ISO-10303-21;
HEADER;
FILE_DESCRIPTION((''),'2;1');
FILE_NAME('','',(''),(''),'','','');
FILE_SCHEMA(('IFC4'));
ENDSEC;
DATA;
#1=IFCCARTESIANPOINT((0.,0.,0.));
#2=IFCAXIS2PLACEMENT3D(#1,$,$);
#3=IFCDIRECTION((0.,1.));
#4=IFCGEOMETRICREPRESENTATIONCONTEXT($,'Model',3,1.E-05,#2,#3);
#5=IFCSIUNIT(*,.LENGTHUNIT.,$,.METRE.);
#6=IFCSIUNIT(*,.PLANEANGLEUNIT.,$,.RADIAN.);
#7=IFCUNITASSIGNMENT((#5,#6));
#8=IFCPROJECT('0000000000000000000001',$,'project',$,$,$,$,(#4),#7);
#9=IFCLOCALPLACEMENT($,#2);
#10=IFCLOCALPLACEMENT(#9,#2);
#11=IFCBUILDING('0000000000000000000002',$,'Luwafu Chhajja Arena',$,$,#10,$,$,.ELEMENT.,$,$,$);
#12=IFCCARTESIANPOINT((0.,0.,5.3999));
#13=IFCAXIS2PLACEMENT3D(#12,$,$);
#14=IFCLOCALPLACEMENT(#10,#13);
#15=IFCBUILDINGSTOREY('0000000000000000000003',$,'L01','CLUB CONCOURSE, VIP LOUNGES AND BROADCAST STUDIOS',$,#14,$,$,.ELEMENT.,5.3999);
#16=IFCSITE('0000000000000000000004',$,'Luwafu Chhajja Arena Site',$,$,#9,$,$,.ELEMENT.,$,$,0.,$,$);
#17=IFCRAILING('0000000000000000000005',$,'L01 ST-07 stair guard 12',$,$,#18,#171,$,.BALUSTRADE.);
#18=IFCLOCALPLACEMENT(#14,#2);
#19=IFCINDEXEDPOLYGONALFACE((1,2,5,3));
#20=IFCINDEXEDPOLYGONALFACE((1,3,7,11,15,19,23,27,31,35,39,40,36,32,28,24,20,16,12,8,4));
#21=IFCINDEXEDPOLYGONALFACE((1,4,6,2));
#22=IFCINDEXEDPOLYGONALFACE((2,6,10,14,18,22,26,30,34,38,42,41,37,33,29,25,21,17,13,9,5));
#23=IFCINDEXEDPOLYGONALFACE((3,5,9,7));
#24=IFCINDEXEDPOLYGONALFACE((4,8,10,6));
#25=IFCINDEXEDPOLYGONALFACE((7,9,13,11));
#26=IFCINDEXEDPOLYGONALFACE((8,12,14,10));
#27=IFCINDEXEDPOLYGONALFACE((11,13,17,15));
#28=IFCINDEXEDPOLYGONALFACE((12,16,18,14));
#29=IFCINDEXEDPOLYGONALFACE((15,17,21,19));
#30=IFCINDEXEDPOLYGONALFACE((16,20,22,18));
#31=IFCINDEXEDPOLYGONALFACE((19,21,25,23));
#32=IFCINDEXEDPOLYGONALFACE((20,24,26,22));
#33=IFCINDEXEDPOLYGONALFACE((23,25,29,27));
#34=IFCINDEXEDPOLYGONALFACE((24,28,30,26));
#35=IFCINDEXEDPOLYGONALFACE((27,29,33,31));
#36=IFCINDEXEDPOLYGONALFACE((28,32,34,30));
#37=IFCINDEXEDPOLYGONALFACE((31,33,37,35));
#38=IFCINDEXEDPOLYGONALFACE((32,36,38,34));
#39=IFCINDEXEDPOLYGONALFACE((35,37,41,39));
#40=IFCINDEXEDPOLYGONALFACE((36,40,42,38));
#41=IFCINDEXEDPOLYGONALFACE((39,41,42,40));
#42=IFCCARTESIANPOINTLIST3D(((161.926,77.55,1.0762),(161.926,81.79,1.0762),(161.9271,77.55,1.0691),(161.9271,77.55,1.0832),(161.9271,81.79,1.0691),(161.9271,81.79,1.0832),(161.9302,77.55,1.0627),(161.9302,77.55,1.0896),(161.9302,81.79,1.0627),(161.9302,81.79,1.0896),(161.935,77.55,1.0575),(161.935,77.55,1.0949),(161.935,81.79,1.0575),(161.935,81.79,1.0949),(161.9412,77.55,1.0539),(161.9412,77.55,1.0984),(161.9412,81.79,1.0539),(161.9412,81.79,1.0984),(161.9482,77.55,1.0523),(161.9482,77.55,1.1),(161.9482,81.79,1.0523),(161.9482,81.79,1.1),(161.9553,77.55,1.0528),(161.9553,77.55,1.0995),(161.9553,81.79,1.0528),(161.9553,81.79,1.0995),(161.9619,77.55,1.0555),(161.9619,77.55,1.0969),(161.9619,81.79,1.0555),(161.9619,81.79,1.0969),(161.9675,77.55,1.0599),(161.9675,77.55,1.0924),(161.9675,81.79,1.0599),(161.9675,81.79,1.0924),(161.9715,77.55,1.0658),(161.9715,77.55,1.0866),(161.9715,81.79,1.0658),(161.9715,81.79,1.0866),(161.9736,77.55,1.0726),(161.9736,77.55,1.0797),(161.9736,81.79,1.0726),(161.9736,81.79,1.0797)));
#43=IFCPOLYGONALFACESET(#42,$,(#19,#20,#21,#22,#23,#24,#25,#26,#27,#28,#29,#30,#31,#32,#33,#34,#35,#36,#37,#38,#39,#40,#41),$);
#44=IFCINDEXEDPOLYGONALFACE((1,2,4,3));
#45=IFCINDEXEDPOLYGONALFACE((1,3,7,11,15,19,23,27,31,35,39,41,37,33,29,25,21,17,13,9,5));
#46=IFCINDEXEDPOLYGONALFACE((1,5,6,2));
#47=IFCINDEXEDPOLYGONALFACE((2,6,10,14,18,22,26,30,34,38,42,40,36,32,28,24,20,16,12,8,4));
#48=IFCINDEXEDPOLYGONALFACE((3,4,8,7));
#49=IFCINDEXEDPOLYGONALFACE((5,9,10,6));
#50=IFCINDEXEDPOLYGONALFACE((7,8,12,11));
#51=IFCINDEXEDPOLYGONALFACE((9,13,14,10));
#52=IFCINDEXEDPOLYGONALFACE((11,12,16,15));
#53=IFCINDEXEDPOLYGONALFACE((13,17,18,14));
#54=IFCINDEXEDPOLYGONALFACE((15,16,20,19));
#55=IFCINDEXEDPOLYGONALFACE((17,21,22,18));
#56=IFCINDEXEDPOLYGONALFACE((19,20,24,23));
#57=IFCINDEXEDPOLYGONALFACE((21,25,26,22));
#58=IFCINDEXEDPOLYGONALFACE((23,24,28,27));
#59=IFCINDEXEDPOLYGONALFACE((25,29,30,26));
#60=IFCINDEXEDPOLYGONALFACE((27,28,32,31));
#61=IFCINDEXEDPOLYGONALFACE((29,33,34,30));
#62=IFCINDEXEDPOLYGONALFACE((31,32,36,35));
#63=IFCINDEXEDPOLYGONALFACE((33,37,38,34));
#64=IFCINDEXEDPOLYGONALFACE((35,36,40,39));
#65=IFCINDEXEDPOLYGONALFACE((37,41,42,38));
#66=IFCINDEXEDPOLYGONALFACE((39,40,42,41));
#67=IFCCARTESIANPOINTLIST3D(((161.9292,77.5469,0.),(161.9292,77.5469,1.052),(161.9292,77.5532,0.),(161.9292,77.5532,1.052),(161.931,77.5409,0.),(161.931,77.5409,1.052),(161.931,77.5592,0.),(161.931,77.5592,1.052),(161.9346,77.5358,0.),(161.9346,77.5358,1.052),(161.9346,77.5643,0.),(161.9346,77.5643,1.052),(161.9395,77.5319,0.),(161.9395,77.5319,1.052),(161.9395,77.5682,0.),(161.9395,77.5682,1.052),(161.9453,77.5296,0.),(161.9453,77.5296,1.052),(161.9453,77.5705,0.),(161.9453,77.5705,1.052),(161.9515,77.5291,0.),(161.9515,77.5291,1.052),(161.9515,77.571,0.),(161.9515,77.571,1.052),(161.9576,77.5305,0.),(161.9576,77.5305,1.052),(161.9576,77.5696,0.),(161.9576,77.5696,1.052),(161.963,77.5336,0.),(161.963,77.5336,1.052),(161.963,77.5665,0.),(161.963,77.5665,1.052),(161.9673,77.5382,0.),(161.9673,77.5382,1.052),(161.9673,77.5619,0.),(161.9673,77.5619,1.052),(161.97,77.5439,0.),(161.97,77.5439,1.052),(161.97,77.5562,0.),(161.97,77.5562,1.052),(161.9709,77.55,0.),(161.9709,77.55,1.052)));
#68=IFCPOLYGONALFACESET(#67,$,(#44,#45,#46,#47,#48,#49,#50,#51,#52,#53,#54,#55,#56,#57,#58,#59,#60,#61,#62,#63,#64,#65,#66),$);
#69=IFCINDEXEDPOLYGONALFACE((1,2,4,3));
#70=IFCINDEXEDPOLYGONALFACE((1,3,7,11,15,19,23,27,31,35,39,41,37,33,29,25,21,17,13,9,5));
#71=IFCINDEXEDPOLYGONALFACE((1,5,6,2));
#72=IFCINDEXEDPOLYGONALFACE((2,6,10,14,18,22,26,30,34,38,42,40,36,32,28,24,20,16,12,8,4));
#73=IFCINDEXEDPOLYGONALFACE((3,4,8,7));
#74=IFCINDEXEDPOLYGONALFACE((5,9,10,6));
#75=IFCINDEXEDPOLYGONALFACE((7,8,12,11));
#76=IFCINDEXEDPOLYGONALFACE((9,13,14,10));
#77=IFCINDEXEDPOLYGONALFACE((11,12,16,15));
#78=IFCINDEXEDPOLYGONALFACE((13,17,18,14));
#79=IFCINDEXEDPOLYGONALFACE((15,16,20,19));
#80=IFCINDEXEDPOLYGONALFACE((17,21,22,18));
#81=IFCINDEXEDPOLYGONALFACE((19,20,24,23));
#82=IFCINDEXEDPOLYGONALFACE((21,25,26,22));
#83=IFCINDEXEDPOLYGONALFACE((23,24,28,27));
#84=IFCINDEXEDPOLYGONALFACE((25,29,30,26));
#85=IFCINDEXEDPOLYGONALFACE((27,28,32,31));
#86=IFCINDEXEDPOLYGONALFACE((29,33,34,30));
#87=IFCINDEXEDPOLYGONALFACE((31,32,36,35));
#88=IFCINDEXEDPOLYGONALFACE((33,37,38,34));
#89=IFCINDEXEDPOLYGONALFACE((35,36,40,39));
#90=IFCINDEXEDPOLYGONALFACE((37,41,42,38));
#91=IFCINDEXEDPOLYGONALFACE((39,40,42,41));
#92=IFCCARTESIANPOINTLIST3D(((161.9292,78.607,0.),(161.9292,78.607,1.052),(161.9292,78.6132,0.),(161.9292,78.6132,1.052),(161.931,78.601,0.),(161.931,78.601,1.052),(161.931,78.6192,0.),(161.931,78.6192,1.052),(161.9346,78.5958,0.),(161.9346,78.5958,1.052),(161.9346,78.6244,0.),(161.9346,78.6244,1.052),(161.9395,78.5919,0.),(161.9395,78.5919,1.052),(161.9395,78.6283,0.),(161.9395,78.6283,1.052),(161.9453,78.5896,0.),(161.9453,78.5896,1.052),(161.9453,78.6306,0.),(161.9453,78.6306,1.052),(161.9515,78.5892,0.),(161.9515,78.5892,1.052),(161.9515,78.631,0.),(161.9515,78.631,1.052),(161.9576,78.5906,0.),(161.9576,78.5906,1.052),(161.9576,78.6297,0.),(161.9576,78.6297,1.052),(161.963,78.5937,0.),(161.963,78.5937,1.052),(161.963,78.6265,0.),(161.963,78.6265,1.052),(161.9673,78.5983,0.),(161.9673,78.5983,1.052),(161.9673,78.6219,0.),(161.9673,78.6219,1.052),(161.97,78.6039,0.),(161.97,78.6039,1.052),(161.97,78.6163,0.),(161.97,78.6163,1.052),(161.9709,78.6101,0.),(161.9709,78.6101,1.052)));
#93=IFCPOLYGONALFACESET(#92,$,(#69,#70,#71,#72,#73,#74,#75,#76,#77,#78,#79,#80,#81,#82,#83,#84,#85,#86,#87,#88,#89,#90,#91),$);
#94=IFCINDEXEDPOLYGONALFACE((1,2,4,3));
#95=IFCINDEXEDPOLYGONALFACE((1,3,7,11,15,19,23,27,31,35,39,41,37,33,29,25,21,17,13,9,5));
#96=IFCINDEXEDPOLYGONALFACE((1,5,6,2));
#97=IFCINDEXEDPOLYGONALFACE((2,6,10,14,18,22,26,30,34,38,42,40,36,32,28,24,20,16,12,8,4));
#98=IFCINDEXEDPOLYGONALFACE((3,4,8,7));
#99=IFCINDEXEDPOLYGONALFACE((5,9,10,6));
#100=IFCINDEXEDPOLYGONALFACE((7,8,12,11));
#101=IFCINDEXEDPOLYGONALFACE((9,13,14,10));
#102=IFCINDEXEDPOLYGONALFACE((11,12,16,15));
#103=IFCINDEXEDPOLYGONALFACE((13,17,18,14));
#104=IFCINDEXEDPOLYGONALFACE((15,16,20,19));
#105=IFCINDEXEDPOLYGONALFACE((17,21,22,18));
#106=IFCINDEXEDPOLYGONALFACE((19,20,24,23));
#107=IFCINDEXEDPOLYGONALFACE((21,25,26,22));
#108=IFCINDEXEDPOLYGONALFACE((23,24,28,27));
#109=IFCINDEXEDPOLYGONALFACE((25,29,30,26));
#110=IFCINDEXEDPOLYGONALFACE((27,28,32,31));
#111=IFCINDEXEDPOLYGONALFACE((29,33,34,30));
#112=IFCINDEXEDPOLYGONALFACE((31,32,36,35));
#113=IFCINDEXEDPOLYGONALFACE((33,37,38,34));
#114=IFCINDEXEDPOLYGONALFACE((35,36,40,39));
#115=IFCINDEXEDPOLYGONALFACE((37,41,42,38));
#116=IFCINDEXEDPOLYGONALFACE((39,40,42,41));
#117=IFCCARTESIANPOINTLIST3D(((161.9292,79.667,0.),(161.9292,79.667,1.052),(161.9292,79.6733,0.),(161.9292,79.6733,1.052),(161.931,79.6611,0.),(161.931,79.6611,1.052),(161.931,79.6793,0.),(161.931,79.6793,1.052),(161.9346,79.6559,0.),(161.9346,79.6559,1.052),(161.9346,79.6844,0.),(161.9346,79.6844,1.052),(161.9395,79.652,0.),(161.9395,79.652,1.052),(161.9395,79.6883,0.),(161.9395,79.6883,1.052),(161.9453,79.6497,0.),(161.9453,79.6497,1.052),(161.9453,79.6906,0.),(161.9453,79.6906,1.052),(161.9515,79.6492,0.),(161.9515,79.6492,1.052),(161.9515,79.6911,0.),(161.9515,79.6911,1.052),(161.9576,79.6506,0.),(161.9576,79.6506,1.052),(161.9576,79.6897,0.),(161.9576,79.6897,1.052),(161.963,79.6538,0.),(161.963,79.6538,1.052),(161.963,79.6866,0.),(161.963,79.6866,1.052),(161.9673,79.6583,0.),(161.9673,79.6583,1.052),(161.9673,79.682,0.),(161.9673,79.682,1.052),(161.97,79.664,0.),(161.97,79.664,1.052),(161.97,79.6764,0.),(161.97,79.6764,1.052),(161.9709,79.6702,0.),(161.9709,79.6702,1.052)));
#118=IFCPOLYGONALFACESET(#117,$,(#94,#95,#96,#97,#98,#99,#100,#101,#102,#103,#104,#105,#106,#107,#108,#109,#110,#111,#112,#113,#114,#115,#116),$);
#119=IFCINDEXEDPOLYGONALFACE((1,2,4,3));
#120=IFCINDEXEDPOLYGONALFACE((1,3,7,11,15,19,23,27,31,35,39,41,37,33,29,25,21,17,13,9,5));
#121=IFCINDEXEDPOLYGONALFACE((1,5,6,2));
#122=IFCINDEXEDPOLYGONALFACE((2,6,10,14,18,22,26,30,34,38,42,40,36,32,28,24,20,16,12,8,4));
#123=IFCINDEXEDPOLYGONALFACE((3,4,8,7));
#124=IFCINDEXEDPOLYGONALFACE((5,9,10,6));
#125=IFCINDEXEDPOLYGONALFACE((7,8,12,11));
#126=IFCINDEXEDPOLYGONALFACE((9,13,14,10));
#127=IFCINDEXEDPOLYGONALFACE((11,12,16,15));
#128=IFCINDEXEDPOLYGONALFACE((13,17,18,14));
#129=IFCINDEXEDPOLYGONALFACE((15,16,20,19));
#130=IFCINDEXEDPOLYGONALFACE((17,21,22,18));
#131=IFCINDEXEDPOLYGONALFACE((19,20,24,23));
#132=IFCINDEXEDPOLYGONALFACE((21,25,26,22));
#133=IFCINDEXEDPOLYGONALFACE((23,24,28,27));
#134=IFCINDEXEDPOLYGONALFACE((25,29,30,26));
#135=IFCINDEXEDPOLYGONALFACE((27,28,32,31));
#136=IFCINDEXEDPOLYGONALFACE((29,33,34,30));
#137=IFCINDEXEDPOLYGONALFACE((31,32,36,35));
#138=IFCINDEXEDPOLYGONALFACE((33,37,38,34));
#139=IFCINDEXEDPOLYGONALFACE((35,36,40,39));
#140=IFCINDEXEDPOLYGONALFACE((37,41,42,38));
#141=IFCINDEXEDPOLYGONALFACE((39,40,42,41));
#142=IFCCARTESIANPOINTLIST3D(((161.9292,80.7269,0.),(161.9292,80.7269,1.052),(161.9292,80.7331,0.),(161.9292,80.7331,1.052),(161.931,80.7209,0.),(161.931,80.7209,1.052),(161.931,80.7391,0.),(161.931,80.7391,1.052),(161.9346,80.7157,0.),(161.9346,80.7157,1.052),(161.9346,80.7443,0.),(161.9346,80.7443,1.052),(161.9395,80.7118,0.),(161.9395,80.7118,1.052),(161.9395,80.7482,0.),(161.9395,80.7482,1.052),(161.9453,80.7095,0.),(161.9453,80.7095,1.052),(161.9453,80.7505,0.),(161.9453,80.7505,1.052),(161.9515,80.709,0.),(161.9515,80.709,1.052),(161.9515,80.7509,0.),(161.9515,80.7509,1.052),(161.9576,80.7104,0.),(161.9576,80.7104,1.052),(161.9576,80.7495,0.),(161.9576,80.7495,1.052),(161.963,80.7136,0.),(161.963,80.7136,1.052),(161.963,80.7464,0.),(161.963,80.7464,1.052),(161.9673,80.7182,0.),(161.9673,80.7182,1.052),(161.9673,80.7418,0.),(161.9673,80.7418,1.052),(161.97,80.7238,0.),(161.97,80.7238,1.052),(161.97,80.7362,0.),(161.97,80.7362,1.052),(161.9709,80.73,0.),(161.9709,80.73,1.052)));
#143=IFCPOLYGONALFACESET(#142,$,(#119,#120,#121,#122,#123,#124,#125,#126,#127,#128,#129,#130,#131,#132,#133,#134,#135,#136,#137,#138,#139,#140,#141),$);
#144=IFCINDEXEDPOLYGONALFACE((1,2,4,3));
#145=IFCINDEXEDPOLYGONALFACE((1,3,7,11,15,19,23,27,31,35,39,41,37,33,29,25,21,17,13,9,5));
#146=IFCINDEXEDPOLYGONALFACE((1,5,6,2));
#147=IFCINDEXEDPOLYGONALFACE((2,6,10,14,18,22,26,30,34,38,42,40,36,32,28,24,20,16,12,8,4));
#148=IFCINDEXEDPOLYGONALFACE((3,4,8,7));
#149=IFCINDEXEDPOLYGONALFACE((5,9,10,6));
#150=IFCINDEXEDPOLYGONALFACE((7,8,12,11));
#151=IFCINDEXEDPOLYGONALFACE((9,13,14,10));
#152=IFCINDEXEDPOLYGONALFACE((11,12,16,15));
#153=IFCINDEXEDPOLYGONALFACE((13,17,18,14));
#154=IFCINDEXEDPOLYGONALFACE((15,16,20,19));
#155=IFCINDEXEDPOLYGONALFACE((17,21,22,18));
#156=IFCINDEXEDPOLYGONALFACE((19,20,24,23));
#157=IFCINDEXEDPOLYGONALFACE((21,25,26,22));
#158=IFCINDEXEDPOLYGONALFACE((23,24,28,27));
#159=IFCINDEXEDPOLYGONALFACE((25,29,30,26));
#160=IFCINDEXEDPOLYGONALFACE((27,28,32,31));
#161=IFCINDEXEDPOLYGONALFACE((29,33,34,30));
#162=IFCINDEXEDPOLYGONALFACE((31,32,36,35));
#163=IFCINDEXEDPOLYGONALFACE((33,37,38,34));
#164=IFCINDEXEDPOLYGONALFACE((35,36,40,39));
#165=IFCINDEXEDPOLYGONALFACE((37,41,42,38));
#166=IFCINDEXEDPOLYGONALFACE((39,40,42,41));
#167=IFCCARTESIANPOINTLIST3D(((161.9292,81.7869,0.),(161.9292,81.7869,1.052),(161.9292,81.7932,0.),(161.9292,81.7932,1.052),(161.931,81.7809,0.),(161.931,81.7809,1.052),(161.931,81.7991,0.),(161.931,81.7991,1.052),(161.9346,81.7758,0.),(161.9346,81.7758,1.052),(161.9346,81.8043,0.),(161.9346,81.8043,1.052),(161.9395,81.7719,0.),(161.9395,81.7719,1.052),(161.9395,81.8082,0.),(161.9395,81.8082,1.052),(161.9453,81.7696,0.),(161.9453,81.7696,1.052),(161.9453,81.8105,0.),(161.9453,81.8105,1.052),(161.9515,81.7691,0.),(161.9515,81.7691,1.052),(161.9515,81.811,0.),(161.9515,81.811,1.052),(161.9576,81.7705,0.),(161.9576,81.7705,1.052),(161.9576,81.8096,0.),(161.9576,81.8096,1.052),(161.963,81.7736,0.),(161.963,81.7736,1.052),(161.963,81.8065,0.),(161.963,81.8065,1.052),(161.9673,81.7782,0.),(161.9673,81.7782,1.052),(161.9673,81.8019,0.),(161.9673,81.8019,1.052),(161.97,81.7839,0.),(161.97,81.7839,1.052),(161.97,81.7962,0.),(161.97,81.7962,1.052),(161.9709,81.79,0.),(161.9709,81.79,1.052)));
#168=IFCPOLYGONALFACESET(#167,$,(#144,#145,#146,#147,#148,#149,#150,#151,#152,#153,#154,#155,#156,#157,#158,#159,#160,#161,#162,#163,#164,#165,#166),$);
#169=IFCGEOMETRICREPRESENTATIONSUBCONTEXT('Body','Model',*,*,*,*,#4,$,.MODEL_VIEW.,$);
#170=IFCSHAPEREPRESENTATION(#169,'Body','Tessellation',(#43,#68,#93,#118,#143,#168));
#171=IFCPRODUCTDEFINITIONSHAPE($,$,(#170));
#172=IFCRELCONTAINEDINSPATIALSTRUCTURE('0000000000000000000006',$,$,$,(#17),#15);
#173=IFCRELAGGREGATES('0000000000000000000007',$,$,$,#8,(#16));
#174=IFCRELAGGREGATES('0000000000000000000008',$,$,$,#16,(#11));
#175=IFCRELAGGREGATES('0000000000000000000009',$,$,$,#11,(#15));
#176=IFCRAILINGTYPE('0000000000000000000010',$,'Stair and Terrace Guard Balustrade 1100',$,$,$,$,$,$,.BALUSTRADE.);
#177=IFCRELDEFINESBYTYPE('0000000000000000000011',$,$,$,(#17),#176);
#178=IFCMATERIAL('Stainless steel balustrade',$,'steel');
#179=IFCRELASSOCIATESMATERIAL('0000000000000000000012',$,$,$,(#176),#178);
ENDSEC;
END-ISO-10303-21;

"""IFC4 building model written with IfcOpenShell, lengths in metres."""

from ifc_helpers import new_model, si_unit, direction, frame, origin, origin_2d, place, context, subcontext, project, spatial, circle, extrude, material, type_object, element, save


model = new_model("IFC4")

# Units and contexts
model_context = context("Model", 3, precision=1e-05, world=origin(), true_north=direction((0.0, 1.0)))
body_context = subcontext(model_context, "Body", "Model", "MODEL_VIEW")
ifc_project = project(units=[si_unit("LENGTHUNIT", "METRE"), si_unit("PLANEANGLEUNIT", "RADIAN")], contexts=[model_context])

# Site, building, storey
site_placement = place(None, origin())
site = spatial("IfcSite", under=ifc_project, at=site_placement, Name="Luwafu Chhajja Arena Site", CompositionType="ELEMENT", RefElevation=0.0)
building_placement = place(site_placement, origin())
building = spatial("IfcBuilding", under=site, at=building_placement, Name="Luwafu Chhajja Arena", CompositionType="ELEMENT")
storey_placement = place(building_placement, frame((0.0, 0.0, 5.3999)))
storey = spatial("IfcBuildingStorey", under=building, at=storey_placement, Name="L01", Description="CLUB CONCOURSE, VIP LOUNGES AND BROADCAST STUDIOS", CompositionType="ELEMENT", Elevation=5.3999)

# Railing
ifc_material_1 = material(Name="Stainless steel balustrade", Category="steel")
railing_type_1 = type_object("IfcRailingType", Name="Stair and Terrace Guard Balustrade 1100", PredefinedType="BALUSTRADE", material=ifc_material_1)
railing_1_placement = place(storey_placement, frame((161.95, 77.55, 0.0)))
element("IfcRailing", 1, at=railing_1_placement, inside=storey, type_object=railing_type_1, Name="L01 ST-07 stair guard 12", PredefinedType="BALUSTRADE", context=body_context, shape_type="SweptSolid", body=[
    extrude(circle(Radius=0.0239, at=origin_2d()), frame((0.0, 0.0, 1.0762), z_axis=(0.0, 1.0, 0.0), x_axis=(-1.0, 0.0, 0.0)), (0.0, 0.0, 1.0), 4.24),
    extrude(circle(Radius=0.021, at=origin_2d()), origin(), (0.0, 0.0, 1.0), 1.052),
    extrude(circle(Radius=0.021, at=origin_2d()), frame((0.0, 1.0601, 0.0)), (0.0, 0.0, 1.0), 1.052),
    extrude(circle(Radius=0.021, at=origin_2d()), frame((0.0, 2.1201, 0.0)), (0.0, 0.0, 1.0), 1.052),
    extrude(circle(Radius=0.021, at=origin_2d()), frame((0.0, 3.1799, 0.0)), (0.0, 0.0, 1.0), 1.052),
    extrude(circle(Radius=0.021, at=origin_2d()), frame((0.0, 4.24, 0.0)), (0.0, 0.0, 1.0), 1.052),
])

save(model, "model.ifc")
